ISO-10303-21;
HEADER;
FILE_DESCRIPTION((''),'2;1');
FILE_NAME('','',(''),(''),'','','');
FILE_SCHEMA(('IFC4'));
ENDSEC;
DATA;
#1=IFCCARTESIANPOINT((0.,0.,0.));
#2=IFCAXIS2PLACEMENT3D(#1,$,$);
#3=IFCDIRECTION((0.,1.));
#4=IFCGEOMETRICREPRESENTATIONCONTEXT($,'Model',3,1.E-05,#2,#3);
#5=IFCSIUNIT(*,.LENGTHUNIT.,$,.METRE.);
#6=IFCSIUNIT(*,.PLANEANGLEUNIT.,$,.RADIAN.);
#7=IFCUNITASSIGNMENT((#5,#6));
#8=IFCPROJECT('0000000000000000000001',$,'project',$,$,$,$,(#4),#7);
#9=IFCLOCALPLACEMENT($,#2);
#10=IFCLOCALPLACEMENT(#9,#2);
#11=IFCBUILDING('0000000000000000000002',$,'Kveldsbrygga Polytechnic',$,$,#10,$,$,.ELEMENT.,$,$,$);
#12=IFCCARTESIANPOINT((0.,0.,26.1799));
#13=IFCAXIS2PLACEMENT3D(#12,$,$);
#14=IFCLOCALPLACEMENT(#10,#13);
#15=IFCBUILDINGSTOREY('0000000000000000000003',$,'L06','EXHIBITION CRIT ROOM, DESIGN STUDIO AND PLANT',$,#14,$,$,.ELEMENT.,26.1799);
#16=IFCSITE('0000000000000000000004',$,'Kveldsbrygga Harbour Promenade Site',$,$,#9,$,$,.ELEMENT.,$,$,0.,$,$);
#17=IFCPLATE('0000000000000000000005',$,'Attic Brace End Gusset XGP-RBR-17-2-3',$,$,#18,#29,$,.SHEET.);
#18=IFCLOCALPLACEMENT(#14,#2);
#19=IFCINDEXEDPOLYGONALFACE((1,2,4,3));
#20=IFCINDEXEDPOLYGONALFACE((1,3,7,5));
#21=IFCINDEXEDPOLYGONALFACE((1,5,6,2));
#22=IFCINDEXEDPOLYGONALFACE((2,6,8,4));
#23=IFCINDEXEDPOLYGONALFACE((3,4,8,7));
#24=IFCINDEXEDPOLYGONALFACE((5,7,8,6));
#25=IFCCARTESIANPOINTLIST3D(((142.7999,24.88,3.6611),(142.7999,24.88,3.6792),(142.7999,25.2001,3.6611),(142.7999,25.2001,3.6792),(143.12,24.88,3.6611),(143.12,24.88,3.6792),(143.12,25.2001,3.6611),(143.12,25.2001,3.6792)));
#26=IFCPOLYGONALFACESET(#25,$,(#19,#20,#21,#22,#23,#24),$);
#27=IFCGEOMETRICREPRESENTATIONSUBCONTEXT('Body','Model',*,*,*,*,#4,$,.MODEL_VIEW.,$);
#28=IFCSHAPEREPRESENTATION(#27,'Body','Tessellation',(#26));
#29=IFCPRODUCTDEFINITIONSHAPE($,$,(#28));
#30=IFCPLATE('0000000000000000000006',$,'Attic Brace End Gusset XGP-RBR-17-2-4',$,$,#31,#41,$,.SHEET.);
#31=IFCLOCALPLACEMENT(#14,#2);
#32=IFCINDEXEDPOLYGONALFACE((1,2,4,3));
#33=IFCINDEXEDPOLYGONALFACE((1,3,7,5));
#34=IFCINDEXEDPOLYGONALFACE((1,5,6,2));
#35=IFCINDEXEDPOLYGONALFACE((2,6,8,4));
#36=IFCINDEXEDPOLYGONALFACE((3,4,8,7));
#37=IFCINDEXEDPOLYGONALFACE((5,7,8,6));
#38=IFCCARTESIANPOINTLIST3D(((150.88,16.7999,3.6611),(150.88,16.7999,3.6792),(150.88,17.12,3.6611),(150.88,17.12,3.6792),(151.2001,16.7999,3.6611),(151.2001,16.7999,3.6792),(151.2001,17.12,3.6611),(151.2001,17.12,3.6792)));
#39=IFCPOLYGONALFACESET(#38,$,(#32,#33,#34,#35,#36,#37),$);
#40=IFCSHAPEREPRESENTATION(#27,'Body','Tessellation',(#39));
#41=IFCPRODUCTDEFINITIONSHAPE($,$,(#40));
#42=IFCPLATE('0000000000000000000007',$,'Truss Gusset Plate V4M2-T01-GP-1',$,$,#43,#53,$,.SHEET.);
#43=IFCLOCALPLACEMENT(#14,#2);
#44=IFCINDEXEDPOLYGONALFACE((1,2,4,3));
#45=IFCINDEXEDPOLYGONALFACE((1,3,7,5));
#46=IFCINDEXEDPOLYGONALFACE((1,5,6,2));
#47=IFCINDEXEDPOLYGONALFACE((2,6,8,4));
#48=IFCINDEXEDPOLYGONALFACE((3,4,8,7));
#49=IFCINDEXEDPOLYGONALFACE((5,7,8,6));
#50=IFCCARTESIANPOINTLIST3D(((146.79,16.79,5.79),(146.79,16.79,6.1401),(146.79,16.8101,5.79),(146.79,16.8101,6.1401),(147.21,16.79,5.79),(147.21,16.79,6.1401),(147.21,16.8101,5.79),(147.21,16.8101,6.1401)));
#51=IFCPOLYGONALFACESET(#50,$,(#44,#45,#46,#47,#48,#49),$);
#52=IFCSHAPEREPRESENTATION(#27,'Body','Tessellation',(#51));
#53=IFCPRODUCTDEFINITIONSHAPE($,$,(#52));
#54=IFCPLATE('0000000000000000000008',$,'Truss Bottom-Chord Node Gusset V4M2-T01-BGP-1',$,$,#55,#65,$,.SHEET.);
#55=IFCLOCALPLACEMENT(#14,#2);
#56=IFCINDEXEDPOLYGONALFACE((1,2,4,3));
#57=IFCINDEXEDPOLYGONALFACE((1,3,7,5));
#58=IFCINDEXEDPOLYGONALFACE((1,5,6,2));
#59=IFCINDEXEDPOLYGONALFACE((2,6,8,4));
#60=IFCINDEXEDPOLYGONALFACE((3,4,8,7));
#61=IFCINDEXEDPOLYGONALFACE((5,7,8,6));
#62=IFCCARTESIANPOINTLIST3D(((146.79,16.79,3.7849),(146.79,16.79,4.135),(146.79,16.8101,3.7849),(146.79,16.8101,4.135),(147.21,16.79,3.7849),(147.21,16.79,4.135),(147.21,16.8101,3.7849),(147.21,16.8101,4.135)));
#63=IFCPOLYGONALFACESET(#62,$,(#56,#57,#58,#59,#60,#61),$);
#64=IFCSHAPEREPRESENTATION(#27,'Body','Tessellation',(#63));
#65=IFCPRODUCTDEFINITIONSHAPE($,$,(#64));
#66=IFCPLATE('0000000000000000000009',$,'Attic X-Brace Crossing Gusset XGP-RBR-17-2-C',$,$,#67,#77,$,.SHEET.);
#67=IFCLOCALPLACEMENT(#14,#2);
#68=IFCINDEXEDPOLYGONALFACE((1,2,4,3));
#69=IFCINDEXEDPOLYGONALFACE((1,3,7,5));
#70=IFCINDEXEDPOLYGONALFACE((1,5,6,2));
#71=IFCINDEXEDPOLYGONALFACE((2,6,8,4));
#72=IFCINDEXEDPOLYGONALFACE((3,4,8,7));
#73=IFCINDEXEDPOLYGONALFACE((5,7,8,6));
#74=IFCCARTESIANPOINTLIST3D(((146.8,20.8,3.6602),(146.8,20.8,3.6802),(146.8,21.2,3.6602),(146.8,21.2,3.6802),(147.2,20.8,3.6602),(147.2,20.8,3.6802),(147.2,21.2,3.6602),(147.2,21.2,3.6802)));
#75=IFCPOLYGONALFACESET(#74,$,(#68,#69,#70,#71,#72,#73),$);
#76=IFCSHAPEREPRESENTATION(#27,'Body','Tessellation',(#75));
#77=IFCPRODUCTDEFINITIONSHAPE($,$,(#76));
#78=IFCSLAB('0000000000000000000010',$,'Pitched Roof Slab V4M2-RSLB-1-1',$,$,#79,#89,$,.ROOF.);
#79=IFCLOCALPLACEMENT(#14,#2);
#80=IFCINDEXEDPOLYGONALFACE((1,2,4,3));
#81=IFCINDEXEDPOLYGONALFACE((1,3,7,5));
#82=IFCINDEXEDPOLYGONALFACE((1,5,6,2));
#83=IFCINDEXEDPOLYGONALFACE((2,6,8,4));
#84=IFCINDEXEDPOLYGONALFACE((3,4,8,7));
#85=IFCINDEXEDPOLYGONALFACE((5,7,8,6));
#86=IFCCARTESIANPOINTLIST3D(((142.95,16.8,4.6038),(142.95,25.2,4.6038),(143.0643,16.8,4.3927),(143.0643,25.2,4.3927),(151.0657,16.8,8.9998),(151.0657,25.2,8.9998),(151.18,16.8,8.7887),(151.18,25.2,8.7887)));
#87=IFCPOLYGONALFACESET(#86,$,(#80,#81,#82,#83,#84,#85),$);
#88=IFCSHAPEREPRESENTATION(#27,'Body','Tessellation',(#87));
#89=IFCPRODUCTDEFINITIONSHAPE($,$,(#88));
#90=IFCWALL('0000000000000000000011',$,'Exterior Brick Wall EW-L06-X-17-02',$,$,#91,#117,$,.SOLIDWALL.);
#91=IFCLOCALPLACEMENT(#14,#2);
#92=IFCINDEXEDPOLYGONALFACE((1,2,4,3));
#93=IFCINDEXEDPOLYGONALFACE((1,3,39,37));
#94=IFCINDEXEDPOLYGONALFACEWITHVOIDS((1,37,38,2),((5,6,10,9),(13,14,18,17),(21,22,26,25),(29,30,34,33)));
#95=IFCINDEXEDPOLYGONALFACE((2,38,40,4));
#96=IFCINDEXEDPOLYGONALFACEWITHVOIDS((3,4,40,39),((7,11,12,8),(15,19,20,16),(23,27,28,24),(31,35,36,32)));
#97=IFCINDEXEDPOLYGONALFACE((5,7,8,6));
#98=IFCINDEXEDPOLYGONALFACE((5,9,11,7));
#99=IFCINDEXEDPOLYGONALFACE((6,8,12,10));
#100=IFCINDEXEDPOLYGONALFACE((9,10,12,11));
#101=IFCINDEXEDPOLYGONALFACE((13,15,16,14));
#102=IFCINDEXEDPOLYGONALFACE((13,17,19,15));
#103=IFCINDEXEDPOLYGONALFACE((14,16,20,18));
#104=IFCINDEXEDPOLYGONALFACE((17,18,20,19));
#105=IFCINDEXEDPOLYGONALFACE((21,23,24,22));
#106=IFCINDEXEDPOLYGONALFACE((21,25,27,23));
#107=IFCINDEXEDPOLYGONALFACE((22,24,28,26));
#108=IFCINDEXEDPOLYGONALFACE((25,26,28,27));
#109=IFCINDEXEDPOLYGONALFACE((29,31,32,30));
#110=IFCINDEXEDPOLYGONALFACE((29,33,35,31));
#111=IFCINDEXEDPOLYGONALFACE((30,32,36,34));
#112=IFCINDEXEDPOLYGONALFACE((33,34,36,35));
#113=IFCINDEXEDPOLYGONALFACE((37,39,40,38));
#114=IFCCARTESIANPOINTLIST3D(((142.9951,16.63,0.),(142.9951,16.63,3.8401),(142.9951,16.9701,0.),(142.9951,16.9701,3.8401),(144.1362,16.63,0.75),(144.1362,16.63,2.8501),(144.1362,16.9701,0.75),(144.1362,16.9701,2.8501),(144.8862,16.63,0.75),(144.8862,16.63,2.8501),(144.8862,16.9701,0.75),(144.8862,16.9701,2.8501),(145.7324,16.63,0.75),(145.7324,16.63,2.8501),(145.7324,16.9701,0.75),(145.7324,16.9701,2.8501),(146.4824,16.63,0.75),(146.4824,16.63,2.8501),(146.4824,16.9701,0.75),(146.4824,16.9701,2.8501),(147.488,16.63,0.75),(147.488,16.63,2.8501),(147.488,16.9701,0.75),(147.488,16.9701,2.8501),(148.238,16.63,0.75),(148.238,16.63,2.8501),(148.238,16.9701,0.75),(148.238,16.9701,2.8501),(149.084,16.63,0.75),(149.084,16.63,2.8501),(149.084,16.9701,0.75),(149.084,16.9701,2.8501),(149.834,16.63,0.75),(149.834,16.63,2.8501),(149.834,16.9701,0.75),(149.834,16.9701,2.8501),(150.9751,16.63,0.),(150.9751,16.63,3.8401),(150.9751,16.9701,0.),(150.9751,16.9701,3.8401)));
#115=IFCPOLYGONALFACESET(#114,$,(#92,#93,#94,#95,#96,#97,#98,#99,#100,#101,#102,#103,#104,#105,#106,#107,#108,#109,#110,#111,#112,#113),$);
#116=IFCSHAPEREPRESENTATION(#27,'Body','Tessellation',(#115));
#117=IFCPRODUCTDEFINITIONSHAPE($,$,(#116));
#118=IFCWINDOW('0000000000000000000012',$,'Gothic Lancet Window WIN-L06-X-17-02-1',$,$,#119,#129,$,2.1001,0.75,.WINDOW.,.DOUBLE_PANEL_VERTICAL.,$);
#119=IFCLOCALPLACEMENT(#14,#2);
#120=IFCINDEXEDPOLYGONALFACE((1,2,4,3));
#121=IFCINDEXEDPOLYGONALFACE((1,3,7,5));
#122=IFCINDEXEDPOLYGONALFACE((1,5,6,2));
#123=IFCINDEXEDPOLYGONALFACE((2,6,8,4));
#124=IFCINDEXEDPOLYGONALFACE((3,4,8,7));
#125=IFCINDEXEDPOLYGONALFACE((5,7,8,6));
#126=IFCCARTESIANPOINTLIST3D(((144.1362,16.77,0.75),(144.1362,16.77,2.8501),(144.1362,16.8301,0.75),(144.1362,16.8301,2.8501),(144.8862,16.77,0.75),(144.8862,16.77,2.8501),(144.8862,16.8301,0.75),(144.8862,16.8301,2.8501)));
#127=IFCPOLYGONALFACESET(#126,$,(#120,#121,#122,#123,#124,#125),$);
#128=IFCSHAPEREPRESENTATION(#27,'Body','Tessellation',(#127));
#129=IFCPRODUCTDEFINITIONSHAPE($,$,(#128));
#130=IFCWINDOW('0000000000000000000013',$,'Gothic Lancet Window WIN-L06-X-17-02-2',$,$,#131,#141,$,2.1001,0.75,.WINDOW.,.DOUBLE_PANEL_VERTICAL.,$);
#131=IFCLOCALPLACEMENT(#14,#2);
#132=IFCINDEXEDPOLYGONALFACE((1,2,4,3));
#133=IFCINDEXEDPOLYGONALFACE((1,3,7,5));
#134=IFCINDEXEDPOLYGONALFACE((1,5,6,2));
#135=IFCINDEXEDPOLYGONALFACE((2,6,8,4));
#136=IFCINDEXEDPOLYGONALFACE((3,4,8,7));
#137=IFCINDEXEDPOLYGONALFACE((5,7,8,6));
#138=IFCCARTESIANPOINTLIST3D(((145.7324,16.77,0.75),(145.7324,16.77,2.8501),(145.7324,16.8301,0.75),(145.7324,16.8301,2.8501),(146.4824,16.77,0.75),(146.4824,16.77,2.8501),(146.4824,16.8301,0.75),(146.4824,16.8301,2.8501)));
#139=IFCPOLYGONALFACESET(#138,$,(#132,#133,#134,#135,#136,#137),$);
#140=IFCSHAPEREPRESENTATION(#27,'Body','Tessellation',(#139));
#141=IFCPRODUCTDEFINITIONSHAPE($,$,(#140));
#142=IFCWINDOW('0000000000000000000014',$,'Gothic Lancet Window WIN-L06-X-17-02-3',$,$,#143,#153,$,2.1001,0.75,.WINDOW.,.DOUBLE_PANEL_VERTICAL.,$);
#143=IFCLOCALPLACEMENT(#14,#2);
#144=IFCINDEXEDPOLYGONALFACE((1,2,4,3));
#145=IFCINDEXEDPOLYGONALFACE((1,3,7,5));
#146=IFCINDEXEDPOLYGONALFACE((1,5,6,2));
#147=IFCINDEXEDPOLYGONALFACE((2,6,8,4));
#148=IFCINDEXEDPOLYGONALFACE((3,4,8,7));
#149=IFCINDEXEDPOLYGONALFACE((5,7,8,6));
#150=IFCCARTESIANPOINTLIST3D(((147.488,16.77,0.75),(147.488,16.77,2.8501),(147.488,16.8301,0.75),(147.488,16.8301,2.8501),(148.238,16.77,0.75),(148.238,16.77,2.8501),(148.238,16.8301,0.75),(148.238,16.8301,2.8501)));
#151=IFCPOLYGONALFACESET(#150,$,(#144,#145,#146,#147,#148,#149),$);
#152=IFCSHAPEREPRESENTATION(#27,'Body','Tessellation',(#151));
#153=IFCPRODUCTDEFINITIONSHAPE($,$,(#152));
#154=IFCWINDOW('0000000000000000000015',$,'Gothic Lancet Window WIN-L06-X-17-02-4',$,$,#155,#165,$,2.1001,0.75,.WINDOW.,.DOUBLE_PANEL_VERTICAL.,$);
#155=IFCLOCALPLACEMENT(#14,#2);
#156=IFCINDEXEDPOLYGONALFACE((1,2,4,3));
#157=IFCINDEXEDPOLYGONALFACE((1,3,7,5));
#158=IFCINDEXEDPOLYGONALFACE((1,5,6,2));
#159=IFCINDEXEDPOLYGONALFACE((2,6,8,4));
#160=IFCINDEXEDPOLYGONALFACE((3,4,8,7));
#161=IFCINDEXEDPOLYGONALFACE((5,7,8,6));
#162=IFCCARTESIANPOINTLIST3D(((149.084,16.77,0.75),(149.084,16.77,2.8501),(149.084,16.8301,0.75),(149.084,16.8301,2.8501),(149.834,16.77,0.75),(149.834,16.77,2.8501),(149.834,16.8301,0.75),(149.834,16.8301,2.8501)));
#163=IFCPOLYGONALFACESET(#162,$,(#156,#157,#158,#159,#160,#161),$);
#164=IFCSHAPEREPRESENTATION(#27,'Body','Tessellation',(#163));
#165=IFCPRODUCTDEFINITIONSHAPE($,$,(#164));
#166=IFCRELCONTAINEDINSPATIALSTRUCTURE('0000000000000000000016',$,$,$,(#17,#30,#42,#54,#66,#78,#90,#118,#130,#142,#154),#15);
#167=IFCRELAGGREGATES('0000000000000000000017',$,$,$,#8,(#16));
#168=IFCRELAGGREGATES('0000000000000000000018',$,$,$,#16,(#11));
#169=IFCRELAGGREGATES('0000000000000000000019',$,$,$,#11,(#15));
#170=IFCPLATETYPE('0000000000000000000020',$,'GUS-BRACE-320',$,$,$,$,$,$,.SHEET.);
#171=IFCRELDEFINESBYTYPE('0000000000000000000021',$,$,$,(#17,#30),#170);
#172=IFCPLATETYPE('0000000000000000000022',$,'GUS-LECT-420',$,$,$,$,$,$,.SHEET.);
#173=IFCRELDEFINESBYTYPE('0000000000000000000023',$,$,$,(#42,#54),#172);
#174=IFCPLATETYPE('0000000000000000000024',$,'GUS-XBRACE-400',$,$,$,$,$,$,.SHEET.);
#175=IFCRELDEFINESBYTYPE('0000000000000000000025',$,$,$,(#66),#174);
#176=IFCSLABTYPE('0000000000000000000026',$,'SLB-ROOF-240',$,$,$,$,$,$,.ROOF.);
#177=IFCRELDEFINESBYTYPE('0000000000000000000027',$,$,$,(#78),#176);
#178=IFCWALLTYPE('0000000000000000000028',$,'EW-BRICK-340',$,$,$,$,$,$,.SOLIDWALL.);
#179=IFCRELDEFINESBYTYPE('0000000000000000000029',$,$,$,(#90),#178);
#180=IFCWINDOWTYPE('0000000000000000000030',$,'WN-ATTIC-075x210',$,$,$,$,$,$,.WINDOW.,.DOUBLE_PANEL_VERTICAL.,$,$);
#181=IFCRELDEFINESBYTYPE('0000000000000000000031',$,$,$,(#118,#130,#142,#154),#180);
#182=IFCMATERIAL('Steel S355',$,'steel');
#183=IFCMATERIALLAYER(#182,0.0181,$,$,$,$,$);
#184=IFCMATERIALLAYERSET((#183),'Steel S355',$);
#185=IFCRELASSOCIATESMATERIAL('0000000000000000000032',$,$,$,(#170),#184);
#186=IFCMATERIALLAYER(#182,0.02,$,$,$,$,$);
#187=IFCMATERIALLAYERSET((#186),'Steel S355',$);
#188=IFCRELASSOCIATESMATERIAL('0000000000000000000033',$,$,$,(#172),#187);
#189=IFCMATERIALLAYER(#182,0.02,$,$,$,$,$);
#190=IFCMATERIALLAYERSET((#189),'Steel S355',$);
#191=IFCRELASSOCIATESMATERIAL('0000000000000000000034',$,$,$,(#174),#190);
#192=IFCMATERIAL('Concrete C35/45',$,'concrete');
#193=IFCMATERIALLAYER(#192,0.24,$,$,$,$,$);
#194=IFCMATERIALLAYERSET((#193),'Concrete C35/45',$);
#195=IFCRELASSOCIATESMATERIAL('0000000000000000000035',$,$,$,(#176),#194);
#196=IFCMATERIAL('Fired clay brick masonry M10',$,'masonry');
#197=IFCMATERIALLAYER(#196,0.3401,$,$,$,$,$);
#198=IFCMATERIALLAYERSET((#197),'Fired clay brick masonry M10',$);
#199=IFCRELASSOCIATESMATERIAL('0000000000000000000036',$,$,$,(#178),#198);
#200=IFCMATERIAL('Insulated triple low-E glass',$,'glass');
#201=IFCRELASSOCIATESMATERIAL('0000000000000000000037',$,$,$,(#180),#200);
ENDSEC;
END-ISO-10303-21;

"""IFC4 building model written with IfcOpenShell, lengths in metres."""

from ifc_helpers import new_model, si_unit, direction, frame, frame_2d, origin, origin_2d, place, context, subcontext, project, spatial, polyline, rectangle, outline, extrude, material, layer, layer_set, type_object, element, fill, save


model = new_model("IFC4")

# Units and contexts
model_context = context("Model", 3, precision=1e-05, world=origin(), true_north=direction((0.0, 1.0)))
body_context = subcontext(model_context, "Body", "Model", "MODEL_VIEW")
ifc_project = project(units=[si_unit("LENGTHUNIT", "METRE"), si_unit("PLANEANGLEUNIT", "RADIAN")], contexts=[model_context])

# Site, building, storey
site_placement = place(None, origin())
site = spatial("IfcSite", under=ifc_project, at=site_placement, Name="Kveldsbrygga Harbour Promenade Site", CompositionType="ELEMENT", RefElevation=0.0)
building_placement = place(site_placement, origin())
building = spatial("IfcBuilding", under=site, at=building_placement, Name="Kveldsbrygga Polytechnic", CompositionType="ELEMENT")
storey_placement = place(building_placement, frame((0.0, 0.0, 26.1799)))
storey = spatial("IfcBuildingStorey", under=building, at=storey_placement, Name="L06", Description="EXHIBITION CRIT ROOM, DESIGN STUDIO AND PLANT", CompositionType="ELEMENT", Elevation=26.1799)

# Shared definitions
ifc_material_1 = material(Name="Steel S355", Category="steel")

# Plates
ifc_layer_1 = layer(ifc_material_1, 0.0181)
ifc_layer_set_1 = layer_set([ifc_layer_1], Name="Steel S355")
plate_type_1 = type_object("IfcPlateType", Name="GUS-BRACE-320", PredefinedType="SHEET", material=ifc_layer_set_1)
for number, where, z_axis, x_axis, name in (
    (1, (142.96, 25.04, 3.6611), (0.0, 0.0, 1.0), (1.0, 0.0, 0.0), "Attic Brace End Gusset XGP-RBR-17-2-3"),
    (2, (151.04, 16.96, 3.6611), (0.0, 0.0, 1.0), (1.0, 0.0, 0.0), "Attic Brace End Gusset XGP-RBR-17-2-4"),
):
    element("IfcPlate", number, at=place(storey_placement, frame(where, z_axis=z_axis, x_axis=x_axis)), inside=storey, type_object=plate_type_1, Name=name, PredefinedType="SHEET", context=body_context, shape_type="SweptSolid", body=[
        extrude(rectangle(XDim=0.3201, YDim=0.3201, at=origin_2d()), origin(), (0.0, 0.0, 1.0), 0.0181),
    ])
ifc_layer_2 = layer(ifc_material_1, 0.02)
ifc_layer_set_2 = layer_set([ifc_layer_2], Name="Steel S355")
plate_type_2 = type_object("IfcPlateType", Name="GUS-LECT-420", PredefinedType="SHEET", material=ifc_layer_set_2)
for number, where, z_axis, x_axis, name in (
    (3, (147.0, 16.8, 5.79), (0.0, 0.0, 1.0), (1.0, 0.0, 0.0), "Truss Gusset Plate V4M2-T01-GP-1"),
    (4, (147.0, 16.8, 3.7849), (0.0, 0.0, 1.0), (1.0, 0.0, 0.0), "Truss Bottom-Chord Node Gusset V4M2-T01-BGP-1"),
):
    element("IfcPlate", number, at=place(storey_placement, frame(where, z_axis=z_axis, x_axis=x_axis)), inside=storey, type_object=plate_type_2, Name=name, PredefinedType="SHEET", context=body_context, shape_type="SweptSolid", body=[
        extrude(rectangle(XDim=0.4199, YDim=0.02, at=origin_2d()), origin(), (0.0, 0.0, 1.0), 0.3501),
    ])
ifc_layer_3 = layer(ifc_material_1, 0.02)
ifc_layer_set_3 = layer_set([ifc_layer_3], Name="Steel S355")
plate_type_3 = type_object("IfcPlateType", Name="GUS-XBRACE-400", PredefinedType="SHEET", material=ifc_layer_set_3)
plate_1_placement = place(storey_placement, frame((147.0, 21.0, 3.6602), z_axis=(0.0, 0.0, 1.0), x_axis=(1.0, 0.0, 0.0)))
element("IfcPlate", 5, at=plate_1_placement, inside=storey, type_object=plate_type_3, Name="Attic X-Brace Crossing Gusset XGP-RBR-17-2-C", PredefinedType="SHEET", context=body_context, shape_type="SweptSolid", body=[
    extrude(rectangle(XDim=0.3999, YDim=0.3999, at=origin_2d()), origin(), (0.0, 0.0, 1.0), 0.02),
])

# Slab
ifc_material_2 = material(Name="Concrete C35/45", Category="concrete")
ifc_layer_4 = layer(ifc_material_2, 0.24)
ifc_layer_set_4 = layer_set([ifc_layer_4], Name="Concrete C35/45")
slab_type = type_object("IfcSlabType", Name="SLB-ROOF-240", PredefinedType="ROOF", material=ifc_layer_set_4)
slab_placement = place(storey_placement, frame((142.95, 16.8, 4.6038), z_axis=(-0.476281, 0.0, 0.879293), x_axis=(0.879293, 0.0, 0.476281)))
element("IfcSlab", 6, at=slab_placement, inside=storey, type_object=slab_type, Name="Pitched Roof Slab V4M2-RSLB-1-1", PredefinedType="ROOF", context=body_context, shape_type="SweptSolid", body=[
    extrude(outline(polyline([(0.0, 0.0), (9.2298, 0.0), (9.2298, 8.3999), (0.0, 8.3999), (0.0, 0.0)])), origin(), (0.0, 0.0, -1.0), 0.24),
])

# Wall, openings, windows
ifc_material_3 = material(Name="Fired clay brick masonry M10", Category="masonry")
ifc_layer_5 = layer(ifc_material_3, 0.3401)
ifc_layer_set_5 = layer_set([ifc_layer_5], Name="Fired clay brick masonry M10")
wall_type = type_object("IfcWallType", Name="EW-BRICK-340", PredefinedType="SOLIDWALL", material=ifc_layer_set_5)
wall_placement = place(storey_placement, frame((142.9951, 16.8, 0.0), z_axis=(0.0, 0.0, 1.0), x_axis=(1.0, 0.0, 0.0)))
wall = element("IfcWall", 7, at=wall_placement, inside=storey, type_object=wall_type, Name="Exterior Brick Wall EW-L06-X-17-02", PredefinedType="SOLIDWALL", context=body_context, shape_type="SweptSolid", body=[
    extrude(rectangle(XDim=7.98, YDim=0.3401, at=frame_2d((3.99, 0.0))), origin(), (0.0, 0.0, 1.0), 3.8401),
])
opening_1_placement = place(wall_placement, frame((1.1411, 0.0, 0.75)))
opening_1 = element("IfcOpeningElement", 8, at=opening_1_placement, cuts=wall, PredefinedType="OPENING", context=body_context, shape_type="SweptSolid", body=[
    extrude(rectangle(XDim=0.75, YDim=2.1001, at=frame_2d((0.375, 1.05))), frame((0.0, 0.1802, 0.0), z_axis=(0.0, -1.0, 0.0), x_axis=(1.0, 0.0, 0.0)), (0.0, 0.0, 1.0), 0.3601),
])
opening_2_placement = place(wall_placement, frame((2.7373, 0.0, 0.75)))
opening_2 = element("IfcOpeningElement", 9, at=opening_2_placement, cuts=wall, PredefinedType="OPENING", context=body_context, shape_type="SweptSolid", body=[
    extrude(rectangle(XDim=0.75, YDim=2.1001, at=frame_2d((0.375, 1.05))), frame((0.0, 0.1802, 0.0), z_axis=(0.0, -1.0, 0.0), x_axis=(1.0, 0.0, 0.0)), (0.0, 0.0, 1.0), 0.3601),
])
opening_3_placement = place(wall_placement, frame((4.4929, 0.0, 0.75)))
opening_3 = element("IfcOpeningElement", 10, at=opening_3_placement, cuts=wall, PredefinedType="OPENING", context=body_context, shape_type="SweptSolid", body=[
    extrude(rectangle(XDim=0.75, YDim=2.1001, at=frame_2d((0.375, 1.05))), frame((0.0, 0.1802, 0.0), z_axis=(0.0, -1.0, 0.0), x_axis=(1.0, 0.0, 0.0)), (0.0, 0.0, 1.0), 0.3601),
])
opening_4_placement = place(wall_placement, frame((6.0889, 0.0, 0.75)))
opening_4 = element("IfcOpeningElement", 11, at=opening_4_placement, cuts=wall, PredefinedType="OPENING", context=body_context, shape_type="SweptSolid", body=[
    extrude(rectangle(XDim=0.75, YDim=2.1001, at=frame_2d((0.375, 1.05))), frame((0.0, 0.1802, 0.0), z_axis=(0.0, -1.0, 0.0), x_axis=(1.0, 0.0, 0.0)), (0.0, 0.0, 1.0), 0.3601),
])
ifc_material_4 = material(Name="Insulated triple low-E glass", Category="glass")
window_type = type_object("IfcWindowType", Name="WN-ATTIC-075x210", PartitioningType="DOUBLE_PANEL_VERTICAL", PredefinedType="WINDOW", material=ifc_material_4)
window_1_placement = place(opening_1_placement, origin())
window_1 = element("IfcWindow", 12, at=window_1_placement, inside=storey, type_object=window_type, Name="Gothic Lancet Window WIN-L06-X-17-02-1", OverallHeight=2.1001, OverallWidth=0.75, PartitioningType="DOUBLE_PANEL_VERTICAL", PredefinedType="WINDOW", context=body_context, shape_type="SweptSolid", body=[
    extrude(rectangle(XDim=0.75, YDim=2.1001, at=frame_2d((0.375, 1.05))), frame((0.0, 0.03, 0.0), z_axis=(0.0, -1.0, 0.0), x_axis=(1.0, 0.0, 0.0)), (0.0, 0.0, 1.0), 0.0601),
])
fill(opening_1, window_1)
window_2_placement = place(opening_2_placement, origin())
window_2 = element("IfcWindow", 13, at=window_2_placement, inside=storey, type_object=window_type, Name="Gothic Lancet Window WIN-L06-X-17-02-2", OverallHeight=2.1001, OverallWidth=0.75, PartitioningType="DOUBLE_PANEL_VERTICAL", PredefinedType="WINDOW", context=body_context, shape_type="SweptSolid", body=[
    extrude(rectangle(XDim=0.75, YDim=2.1001, at=frame_2d((0.375, 1.05))), frame((0.0, 0.03, 0.0), z_axis=(0.0, -1.0, 0.0), x_axis=(1.0, 0.0, 0.0)), (0.0, 0.0, 1.0), 0.0601),
])
fill(opening_2, window_2)
window_3_placement = place(opening_3_placement, origin())
window_3 = element("IfcWindow", 14, at=window_3_placement, inside=storey, type_object=window_type, Name="Gothic Lancet Window WIN-L06-X-17-02-3", OverallHeight=2.1001, OverallWidth=0.75, PartitioningType="DOUBLE_PANEL_VERTICAL", PredefinedType="WINDOW", context=body_context, shape_type="SweptSolid", body=[
    extrude(rectangle(XDim=0.75, YDim=2.1001, at=frame_2d((0.375, 1.05))), frame((0.0, 0.03, 0.0), z_axis=(0.0, -1.0, 0.0), x_axis=(1.0, 0.0, 0.0)), (0.0, 0.0, 1.0), 0.0601),
])
fill(opening_3, window_3)
window_4_placement = place(opening_4_placement, origin())
window_4 = element("IfcWindow", 15, at=window_4_placement, inside=storey, type_object=window_type, Name="Gothic Lancet Window WIN-L06-X-17-02-4", OverallHeight=2.1001, OverallWidth=0.75, PartitioningType="DOUBLE_PANEL_VERTICAL", PredefinedType="WINDOW", context=body_context, shape_type="SweptSolid", body=[
    extrude(rectangle(XDim=0.75, YDim=2.1001, at=frame_2d((0.375, 1.05))), frame((0.0, 0.03, 0.0), z_axis=(0.0, -1.0, 0.0), x_axis=(1.0, 0.0, 0.0)), (0.0, 0.0, 1.0), 0.0601),
])
fill(opening_4, window_4)

save(model, "model.ifc")
